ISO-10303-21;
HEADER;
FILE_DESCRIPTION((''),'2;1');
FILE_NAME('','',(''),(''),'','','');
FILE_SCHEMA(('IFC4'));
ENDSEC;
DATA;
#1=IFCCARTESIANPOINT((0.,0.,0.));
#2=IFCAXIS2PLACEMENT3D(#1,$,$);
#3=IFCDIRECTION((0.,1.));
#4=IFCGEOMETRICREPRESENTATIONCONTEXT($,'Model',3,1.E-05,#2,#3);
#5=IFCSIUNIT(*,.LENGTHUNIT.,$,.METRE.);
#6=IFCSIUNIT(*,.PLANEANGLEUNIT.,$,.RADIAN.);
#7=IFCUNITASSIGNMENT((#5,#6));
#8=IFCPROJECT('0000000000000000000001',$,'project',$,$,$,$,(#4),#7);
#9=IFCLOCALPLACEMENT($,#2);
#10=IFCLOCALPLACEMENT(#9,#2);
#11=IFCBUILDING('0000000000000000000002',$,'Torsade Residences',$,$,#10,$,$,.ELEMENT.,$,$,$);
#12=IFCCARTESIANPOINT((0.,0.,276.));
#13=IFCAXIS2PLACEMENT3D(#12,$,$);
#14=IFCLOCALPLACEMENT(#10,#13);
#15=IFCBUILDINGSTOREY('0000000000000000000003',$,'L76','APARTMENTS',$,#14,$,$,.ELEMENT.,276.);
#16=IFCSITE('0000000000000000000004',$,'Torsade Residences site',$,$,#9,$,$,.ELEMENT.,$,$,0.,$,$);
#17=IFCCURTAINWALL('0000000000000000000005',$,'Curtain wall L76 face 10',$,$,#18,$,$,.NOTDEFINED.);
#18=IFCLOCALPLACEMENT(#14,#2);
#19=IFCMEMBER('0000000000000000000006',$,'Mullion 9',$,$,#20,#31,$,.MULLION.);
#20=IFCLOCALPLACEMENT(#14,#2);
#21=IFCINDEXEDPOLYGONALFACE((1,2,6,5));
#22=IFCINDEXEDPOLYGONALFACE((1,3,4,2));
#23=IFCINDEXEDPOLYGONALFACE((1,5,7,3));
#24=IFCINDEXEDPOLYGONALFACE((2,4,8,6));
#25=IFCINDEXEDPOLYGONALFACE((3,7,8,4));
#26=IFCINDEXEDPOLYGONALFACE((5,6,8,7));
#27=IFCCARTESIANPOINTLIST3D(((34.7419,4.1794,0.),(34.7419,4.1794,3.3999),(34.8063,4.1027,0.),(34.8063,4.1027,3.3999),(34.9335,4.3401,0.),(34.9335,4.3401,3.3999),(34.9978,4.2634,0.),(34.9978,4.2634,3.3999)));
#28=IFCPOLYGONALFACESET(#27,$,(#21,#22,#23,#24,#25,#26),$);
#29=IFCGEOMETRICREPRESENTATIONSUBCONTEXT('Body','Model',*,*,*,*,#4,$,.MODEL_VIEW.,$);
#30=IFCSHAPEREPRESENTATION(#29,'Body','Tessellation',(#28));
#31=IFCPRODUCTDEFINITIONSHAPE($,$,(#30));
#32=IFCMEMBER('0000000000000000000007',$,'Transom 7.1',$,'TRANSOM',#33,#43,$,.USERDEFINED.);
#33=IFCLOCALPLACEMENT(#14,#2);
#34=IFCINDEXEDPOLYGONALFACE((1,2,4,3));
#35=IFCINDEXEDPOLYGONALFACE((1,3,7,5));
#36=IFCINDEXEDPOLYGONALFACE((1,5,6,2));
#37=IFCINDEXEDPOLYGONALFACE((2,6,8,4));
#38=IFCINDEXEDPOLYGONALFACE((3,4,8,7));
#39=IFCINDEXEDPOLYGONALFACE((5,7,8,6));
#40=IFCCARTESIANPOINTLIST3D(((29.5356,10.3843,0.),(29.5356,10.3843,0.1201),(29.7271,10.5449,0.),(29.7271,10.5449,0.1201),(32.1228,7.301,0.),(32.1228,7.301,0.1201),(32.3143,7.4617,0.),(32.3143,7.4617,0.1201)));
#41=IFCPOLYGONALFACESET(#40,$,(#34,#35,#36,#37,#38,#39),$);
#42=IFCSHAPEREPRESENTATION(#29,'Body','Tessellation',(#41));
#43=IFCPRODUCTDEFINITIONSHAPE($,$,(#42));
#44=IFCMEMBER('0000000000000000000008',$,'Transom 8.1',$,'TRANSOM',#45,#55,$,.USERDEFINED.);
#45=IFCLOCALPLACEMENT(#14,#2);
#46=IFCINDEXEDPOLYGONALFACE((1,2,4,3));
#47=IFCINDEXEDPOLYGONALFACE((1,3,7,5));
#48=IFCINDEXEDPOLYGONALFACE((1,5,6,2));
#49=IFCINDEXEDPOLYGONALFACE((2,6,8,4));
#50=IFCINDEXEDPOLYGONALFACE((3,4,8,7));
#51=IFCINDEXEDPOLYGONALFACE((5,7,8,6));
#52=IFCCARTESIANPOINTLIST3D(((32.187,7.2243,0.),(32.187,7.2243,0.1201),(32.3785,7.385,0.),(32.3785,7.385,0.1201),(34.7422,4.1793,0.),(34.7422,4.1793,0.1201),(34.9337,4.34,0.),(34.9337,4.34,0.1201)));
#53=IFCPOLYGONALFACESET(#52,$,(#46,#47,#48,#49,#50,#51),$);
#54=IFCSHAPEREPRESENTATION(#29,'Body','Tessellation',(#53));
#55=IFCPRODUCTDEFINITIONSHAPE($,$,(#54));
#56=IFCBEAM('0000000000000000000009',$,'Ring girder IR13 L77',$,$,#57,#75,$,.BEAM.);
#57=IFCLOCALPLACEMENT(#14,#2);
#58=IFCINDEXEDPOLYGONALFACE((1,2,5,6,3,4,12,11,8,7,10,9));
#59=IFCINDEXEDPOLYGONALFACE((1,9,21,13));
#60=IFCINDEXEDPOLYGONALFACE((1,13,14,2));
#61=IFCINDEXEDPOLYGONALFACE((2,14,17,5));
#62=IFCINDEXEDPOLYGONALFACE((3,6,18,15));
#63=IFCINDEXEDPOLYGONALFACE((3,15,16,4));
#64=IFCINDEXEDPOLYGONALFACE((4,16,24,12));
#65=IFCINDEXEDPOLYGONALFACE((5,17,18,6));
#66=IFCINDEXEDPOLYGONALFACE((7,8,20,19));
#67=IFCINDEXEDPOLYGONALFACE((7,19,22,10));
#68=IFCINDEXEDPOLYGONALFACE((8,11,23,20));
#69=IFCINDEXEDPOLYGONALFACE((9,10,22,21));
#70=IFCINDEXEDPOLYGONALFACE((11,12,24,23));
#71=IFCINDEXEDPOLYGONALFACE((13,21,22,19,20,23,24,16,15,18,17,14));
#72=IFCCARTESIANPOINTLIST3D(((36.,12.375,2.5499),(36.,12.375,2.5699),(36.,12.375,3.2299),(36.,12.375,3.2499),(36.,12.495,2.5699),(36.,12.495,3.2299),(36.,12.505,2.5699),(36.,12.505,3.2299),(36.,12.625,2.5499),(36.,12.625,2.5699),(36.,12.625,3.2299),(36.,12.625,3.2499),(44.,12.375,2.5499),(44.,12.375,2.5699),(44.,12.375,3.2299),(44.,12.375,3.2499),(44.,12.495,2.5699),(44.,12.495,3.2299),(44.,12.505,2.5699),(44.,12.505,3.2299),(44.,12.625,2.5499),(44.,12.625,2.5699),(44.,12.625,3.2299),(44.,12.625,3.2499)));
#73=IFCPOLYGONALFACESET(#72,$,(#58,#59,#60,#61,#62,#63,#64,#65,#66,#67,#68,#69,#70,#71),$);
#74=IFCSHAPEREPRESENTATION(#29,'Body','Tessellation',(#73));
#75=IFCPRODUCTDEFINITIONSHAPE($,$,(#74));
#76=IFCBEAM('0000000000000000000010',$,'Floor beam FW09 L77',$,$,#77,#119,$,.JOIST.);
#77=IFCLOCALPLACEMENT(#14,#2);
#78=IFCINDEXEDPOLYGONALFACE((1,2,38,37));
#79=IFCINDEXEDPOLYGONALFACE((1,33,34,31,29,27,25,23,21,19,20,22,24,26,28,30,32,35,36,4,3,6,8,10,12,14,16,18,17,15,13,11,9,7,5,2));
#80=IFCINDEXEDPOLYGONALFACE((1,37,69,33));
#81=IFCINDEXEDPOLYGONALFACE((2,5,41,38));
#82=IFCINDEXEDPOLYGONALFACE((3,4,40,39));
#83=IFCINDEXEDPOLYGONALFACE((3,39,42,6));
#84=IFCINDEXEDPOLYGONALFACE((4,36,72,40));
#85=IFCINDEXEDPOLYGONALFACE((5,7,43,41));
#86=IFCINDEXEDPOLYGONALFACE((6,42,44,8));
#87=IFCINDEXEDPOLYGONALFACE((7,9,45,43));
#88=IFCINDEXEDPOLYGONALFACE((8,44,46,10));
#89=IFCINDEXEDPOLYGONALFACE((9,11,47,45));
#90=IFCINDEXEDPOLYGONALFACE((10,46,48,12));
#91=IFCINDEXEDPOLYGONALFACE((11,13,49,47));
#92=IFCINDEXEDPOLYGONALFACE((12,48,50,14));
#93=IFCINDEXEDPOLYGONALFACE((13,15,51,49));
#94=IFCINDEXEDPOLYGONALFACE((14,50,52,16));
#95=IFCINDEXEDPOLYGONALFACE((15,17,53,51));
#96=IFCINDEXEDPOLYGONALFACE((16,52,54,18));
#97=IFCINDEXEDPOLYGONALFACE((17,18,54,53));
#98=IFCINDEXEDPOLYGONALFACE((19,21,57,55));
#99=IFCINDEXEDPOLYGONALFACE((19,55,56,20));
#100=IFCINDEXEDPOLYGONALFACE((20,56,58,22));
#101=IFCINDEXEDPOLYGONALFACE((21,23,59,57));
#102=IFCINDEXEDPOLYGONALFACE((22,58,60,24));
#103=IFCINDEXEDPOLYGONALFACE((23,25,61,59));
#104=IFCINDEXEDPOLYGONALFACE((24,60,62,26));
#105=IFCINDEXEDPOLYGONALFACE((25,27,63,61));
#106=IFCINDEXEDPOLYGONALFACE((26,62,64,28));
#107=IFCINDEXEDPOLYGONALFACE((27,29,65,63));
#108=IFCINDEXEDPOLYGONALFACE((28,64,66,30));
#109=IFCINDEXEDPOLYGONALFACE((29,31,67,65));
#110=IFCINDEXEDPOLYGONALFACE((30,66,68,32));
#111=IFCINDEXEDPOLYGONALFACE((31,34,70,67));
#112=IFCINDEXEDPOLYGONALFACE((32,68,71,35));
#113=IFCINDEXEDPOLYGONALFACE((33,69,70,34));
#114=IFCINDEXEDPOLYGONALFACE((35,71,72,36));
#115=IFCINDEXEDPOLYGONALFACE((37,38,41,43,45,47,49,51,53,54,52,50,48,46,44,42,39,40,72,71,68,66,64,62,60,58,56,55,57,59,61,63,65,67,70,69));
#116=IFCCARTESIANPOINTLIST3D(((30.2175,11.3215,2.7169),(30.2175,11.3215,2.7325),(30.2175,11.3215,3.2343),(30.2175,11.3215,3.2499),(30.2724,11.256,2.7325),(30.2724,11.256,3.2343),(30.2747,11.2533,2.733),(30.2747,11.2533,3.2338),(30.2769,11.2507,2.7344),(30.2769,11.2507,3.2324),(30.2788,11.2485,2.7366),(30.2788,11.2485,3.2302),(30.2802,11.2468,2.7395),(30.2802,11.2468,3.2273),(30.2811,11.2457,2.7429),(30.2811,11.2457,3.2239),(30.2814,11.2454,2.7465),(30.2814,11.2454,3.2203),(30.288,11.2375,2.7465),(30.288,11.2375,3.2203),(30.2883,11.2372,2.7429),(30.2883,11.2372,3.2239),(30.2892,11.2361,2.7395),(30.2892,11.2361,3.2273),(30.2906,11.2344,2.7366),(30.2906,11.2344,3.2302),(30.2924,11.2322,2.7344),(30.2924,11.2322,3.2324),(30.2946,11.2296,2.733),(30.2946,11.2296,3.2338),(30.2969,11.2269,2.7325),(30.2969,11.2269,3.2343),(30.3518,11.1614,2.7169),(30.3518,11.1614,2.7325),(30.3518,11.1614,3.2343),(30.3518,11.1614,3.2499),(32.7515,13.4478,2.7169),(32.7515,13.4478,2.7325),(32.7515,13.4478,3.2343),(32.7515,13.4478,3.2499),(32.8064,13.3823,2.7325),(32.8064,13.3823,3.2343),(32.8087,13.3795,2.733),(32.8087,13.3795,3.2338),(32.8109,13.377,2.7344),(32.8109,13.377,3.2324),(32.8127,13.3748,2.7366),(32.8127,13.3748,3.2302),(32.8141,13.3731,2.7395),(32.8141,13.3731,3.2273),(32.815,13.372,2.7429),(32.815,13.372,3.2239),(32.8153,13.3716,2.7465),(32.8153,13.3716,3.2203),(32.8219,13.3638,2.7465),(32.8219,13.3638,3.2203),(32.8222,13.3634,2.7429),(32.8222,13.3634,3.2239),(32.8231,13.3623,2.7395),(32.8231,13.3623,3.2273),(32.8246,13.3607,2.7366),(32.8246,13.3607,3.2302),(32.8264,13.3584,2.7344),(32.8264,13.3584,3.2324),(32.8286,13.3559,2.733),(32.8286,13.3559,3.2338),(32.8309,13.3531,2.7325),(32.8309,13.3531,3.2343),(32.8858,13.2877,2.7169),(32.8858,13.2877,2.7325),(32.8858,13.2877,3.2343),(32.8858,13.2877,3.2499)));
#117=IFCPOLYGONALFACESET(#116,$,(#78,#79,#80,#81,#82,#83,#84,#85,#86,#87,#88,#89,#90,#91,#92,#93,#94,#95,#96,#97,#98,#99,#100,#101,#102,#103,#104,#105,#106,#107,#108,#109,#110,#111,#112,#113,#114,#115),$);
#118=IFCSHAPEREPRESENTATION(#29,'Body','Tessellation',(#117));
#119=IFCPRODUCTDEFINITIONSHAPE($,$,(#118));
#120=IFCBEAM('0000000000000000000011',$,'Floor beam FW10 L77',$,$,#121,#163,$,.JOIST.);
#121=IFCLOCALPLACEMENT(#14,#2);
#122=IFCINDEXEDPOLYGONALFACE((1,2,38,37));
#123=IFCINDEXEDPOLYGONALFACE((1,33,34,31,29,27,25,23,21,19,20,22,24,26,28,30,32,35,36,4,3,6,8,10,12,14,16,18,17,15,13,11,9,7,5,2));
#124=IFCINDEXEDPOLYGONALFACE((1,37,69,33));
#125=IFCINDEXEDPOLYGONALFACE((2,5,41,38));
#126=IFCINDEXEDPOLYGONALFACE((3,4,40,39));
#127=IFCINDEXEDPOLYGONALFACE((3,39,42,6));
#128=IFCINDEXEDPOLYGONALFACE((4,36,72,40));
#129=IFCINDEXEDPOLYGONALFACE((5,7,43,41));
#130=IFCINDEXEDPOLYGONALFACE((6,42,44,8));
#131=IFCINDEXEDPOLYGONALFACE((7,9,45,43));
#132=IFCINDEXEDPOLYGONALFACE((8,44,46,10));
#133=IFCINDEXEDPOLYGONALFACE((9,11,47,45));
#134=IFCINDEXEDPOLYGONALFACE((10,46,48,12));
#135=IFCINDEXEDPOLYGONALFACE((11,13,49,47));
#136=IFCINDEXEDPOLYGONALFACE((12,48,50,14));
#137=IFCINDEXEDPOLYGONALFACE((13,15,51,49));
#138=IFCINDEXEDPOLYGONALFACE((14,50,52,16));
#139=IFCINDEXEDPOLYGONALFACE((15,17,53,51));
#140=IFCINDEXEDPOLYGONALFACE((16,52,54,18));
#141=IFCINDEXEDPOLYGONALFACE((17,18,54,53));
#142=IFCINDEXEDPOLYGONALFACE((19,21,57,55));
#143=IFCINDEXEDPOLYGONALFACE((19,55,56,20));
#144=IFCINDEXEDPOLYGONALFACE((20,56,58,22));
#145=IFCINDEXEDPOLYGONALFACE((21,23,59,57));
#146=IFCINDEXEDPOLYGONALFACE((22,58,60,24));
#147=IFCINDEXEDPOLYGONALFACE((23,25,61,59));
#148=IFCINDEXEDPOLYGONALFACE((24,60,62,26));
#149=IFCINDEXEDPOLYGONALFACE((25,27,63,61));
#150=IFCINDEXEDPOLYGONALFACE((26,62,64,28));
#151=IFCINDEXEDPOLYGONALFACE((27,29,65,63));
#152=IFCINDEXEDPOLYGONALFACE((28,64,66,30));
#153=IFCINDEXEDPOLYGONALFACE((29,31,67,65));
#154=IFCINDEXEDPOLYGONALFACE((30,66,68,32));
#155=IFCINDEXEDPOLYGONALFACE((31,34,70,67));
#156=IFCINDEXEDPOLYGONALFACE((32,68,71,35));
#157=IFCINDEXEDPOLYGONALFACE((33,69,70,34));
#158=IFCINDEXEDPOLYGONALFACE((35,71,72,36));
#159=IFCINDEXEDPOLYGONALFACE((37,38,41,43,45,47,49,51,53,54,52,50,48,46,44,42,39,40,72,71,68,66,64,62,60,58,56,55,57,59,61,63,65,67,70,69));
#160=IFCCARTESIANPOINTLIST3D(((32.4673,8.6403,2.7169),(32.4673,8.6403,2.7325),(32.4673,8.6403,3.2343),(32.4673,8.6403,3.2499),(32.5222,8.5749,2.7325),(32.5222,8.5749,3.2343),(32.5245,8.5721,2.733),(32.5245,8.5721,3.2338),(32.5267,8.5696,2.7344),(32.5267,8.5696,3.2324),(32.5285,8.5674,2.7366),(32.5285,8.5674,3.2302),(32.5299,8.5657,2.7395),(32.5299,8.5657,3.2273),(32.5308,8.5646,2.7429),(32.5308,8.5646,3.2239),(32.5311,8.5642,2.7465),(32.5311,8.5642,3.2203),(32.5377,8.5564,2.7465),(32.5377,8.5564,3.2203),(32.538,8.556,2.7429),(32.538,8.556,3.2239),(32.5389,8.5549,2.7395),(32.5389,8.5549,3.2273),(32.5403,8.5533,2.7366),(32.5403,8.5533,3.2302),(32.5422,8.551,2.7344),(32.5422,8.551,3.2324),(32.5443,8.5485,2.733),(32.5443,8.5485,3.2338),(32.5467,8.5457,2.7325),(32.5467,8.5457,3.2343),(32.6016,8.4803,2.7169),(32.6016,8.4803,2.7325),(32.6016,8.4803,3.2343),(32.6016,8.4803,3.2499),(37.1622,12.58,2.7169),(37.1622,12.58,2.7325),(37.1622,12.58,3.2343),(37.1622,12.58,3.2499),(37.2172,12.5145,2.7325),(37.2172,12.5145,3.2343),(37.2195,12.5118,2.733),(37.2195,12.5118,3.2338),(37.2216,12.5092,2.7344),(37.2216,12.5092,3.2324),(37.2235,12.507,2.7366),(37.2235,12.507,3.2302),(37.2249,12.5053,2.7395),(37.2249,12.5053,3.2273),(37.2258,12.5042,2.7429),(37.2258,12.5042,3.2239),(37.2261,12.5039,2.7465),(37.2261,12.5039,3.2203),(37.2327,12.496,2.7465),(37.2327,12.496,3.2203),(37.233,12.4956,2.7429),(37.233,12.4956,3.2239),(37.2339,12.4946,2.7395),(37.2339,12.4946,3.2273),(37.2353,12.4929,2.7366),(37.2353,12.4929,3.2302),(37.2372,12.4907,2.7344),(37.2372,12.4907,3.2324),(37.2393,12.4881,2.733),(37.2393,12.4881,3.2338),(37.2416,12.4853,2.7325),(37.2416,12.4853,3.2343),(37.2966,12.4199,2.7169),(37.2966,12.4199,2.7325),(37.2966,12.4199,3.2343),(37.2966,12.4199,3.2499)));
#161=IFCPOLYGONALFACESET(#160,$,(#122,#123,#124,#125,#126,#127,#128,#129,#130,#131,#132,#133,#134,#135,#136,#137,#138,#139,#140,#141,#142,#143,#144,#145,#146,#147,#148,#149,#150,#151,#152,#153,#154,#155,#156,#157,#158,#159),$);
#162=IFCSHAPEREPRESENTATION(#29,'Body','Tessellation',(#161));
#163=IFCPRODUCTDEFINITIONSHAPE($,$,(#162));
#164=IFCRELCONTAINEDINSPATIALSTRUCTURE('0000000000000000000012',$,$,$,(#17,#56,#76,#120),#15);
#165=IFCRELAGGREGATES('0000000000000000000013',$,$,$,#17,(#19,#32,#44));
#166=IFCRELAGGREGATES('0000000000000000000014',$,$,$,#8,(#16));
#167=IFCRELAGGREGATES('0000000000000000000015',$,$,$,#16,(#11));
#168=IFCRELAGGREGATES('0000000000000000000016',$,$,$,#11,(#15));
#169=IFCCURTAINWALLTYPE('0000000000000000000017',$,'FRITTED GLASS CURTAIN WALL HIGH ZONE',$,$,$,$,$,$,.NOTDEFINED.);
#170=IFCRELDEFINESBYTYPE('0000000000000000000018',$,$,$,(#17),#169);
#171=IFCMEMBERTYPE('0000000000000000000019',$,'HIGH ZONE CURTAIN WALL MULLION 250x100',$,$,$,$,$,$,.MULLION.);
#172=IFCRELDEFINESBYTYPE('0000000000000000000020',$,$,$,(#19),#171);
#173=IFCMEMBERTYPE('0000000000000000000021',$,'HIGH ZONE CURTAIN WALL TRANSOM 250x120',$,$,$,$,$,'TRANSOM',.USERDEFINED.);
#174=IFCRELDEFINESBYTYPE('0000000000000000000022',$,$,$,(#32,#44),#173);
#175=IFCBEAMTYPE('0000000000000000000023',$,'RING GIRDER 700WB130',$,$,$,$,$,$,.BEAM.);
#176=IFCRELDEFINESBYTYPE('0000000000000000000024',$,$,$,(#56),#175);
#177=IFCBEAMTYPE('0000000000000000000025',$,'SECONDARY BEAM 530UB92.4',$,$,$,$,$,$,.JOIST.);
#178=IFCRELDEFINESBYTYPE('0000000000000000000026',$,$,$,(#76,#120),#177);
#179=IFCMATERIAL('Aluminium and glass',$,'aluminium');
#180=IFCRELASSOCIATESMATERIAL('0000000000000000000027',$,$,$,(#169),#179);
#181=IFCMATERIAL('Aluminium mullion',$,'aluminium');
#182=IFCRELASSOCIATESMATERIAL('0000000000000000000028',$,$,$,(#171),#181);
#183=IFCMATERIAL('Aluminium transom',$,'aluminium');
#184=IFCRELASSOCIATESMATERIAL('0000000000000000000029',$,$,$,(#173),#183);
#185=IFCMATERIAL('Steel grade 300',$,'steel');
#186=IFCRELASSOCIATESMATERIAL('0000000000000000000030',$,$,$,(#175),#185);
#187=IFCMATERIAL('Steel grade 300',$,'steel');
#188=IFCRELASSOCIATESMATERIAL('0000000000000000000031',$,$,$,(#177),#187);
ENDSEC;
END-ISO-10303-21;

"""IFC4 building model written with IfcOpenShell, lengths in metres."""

from ifc_helpers import new_model, si_unit, direction, frame, origin, origin_2d, place, context, subcontext, project, spatial, rectangle, i_section, extrude, material, material_profile, profile_set, type_object, element, aggregate, save


model = new_model("IFC4")

# Units and contexts
model_context = context("Model", 3, precision=1e-05, world=origin(), true_north=direction((0.0, 1.0)))
body_context = subcontext(model_context, "Body", "Model", "MODEL_VIEW")
ifc_project = project(units=[si_unit("LENGTHUNIT", "METRE"), si_unit("PLANEANGLEUNIT", "RADIAN")], contexts=[model_context])

# Site, building, storey
site_placement = place(None, origin())
site = spatial("IfcSite", under=ifc_project, at=site_placement, Name="Torsade Residences site", CompositionType="ELEMENT", RefElevation=0.0)
building_placement = place(site_placement, origin())
building = spatial("IfcBuilding", under=site, at=building_placement, Name="Torsade Residences", CompositionType="ELEMENT")
storey_placement = place(building_placement, frame((0.0, 0.0, 276.0)))
storey = spatial("IfcBuildingStorey", under=building, at=storey_placement, Name="L76", Description="APARTMENTS", CompositionType="ELEMENT", Elevation=276.0)

# Curtain wall, members
ifc_material_1 = material(Name="Aluminium and glass", Category="aluminium")
curtain_wall_type = type_object("IfcCurtainWallType", Name="FRITTED GLASS CURTAIN WALL HIGH ZONE", PredefinedType="NOTDEFINED", material=ifc_material_1)
curtain_wall_placement = place(storey_placement, origin())
curtain_wall = element("IfcCurtainWall", 1, at=curtain_wall_placement, inside=storey, type_object=curtain_wall_type, Name="Curtain wall L76 face 10", PredefinedType="NOTDEFINED")
ifc_material_2 = material(Name="Aluminium mullion", Category="aluminium")
ifc_material_profile_1 = material_profile(ifc_material_2, rectangle(XDim=0.25, YDim=0.1001, at=origin_2d()), Name="HIGH ZONE CURTAIN WALL MULLION 250x100")
ifc_profile_set_1 = profile_set([ifc_material_profile_1], Name="Aluminium mullion")
member_type_1 = type_object("IfcMemberType", Name="HIGH ZONE CURTAIN WALL MULLION 250x100", PredefinedType="MULLION", material=ifc_profile_set_1)
member_1_placement = place(storey_placement, frame((34.8699, 4.2214, 0.0), z_axis=(0.0, 0.0, 1.0), x_axis=(0.766044, 0.642788, 0.0)))
member_1 = element("IfcMember", 2, at=member_1_placement, type_object=member_type_1, Name="Mullion 9", PredefinedType="MULLION", context=body_context, shape_type="SweptSolid", body=[
    extrude(rectangle(XDim=0.25, YDim=0.1001, at=origin_2d()), origin(), (0.0, 0.0, 1.0), 3.3999),
])
ifc_material_3 = material(Name="Aluminium transom", Category="aluminium")
ifc_material_profile_2 = material_profile(ifc_material_3, rectangle(XDim=0.25, YDim=0.1201, at=origin_2d()), Name="HIGH ZONE CURTAIN WALL TRANSOM 250x120")
ifc_profile_set_2 = profile_set([ifc_material_profile_2], Name="Aluminium transom")
member_type_2 = type_object("IfcMemberType", Name="HIGH ZONE CURTAIN WALL TRANSOM 250x120", ElementType="TRANSOM", PredefinedType="USERDEFINED", material=ifc_profile_set_2)
member_2_placement = place(storey_placement, frame((29.6313, 10.4646, 0.0601), z_axis=(0.642788, -0.766044, 0.0), x_axis=(0.766044, 0.642788, 0.0)))
member_2 = element("IfcMember", 3, at=member_2_placement, type_object=member_type_2, Name="Transom 7.1", ObjectType="TRANSOM", PredefinedType="USERDEFINED", context=body_context, shape_type="SweptSolid", body=[
    extrude(rectangle(XDim=0.25, YDim=0.1201, at=origin_2d()), origin(), (0.0, 0.0, 1.0), 4.0249),
])
member_3_placement = place(storey_placement, frame((32.2827, 7.3047, 0.0601), z_axis=(0.642815, -0.766022, 0.0), x_axis=(0.766022, 0.642815, 0.0)))
member_3 = element("IfcMember", 4, at=member_3_placement, type_object=member_type_2, Name="Transom 8.1", ObjectType="TRANSOM", PredefinedType="USERDEFINED", context=body_context, shape_type="SweptSolid", body=[
    extrude(rectangle(XDim=0.25, YDim=0.1201, at=origin_2d()), origin(), (0.0, 0.0, 1.0), 3.9751),
])

# Beams
ifc_material_4 = material(Name="Steel grade 300", Category="steel")
ifc_material_profile_3 = material_profile(ifc_material_4, i_section(OverallWidth=0.25, OverallDepth=0.7, WebThickness=0.01, FlangeThickness=0.02, at=origin_2d()), Name="700WB130")
ifc_profile_set_3 = profile_set([ifc_material_profile_3], Name="Steel grade 300")
beam_type_1 = type_object("IfcBeamType", Name="RING GIRDER 700WB130", PredefinedType="BEAM", material=ifc_profile_set_3)
beam_1_placement = place(storey_placement, frame((36.0, 12.5, 2.8999), z_axis=(1.0, 0.0, 0.0), x_axis=(0.0, 1.0, 0.0)))
element("IfcBeam", 5, at=beam_1_placement, inside=storey, type_object=beam_type_1, Name="Ring girder IR13 L77", PredefinedType="BEAM", context=body_context, shape_type="SweptSolid", body=[
    extrude(i_section(OverallWidth=0.25, OverallDepth=0.7, WebThickness=0.01, FlangeThickness=0.02, at=origin_2d()), origin(), (0.0, 0.0, 1.0), 8.0),
])
ifc_material_5 = material(Name="Steel grade 300", Category="steel")
ifc_material_profile_4 = material_profile(ifc_material_5, i_section(OverallWidth=0.209, OverallDepth=0.533, WebThickness=0.0103, FlangeThickness=0.0156, FilletRadius=0.0139, at=origin_2d()), Name="530UB92.4")
ifc_profile_set_4 = profile_set([ifc_material_profile_4], Name="Steel grade 300")
beam_type_2 = type_object("IfcBeamType", Name="SECONDARY BEAM 530UB92.4", PredefinedType="JOIST", material=ifc_profile_set_4)
beam_2_placement = place(storey_placement, frame((30.2847, 11.2415, 2.9834), z_axis=(0.766045, 0.642787, 0.0), x_axis=(-0.642787, 0.766045, 0.0)))
element("IfcBeam", 6, at=beam_2_placement, inside=storey, type_object=beam_type_2, Name="Floor beam FW09 L77", PredefinedType="JOIST", context=body_context, shape_type="SweptSolid", body=[
    extrude(i_section(OverallWidth=0.209, OverallDepth=0.533, WebThickness=0.0103, FlangeThickness=0.0156, FilletRadius=0.0139, at=origin_2d()), origin(), (0.0, 0.0, 1.0), 3.3079),
])
beam_3_placement = place(storey_placement, frame((32.5344, 8.5603, 2.9834), z_axis=(0.766039, 0.642794, 0.0), x_axis=(-0.642794, 0.766039, 0.0)))
element("IfcBeam", 7, at=beam_3_placement, inside=storey, type_object=beam_type_2, Name="Floor beam FW10 L77", PredefinedType="JOIST", context=body_context, shape_type="SweptSolid", body=[
    extrude(i_section(OverallWidth=0.209, OverallDepth=0.533, WebThickness=0.0103, FlangeThickness=0.0156, FilletRadius=0.0139, at=origin_2d()), origin(), (0.0, 0.0, 1.0), 6.1289),
])

aggregate(curtain_wall, [member_1, member_2, member_3])

save(model, "model.ifc")
